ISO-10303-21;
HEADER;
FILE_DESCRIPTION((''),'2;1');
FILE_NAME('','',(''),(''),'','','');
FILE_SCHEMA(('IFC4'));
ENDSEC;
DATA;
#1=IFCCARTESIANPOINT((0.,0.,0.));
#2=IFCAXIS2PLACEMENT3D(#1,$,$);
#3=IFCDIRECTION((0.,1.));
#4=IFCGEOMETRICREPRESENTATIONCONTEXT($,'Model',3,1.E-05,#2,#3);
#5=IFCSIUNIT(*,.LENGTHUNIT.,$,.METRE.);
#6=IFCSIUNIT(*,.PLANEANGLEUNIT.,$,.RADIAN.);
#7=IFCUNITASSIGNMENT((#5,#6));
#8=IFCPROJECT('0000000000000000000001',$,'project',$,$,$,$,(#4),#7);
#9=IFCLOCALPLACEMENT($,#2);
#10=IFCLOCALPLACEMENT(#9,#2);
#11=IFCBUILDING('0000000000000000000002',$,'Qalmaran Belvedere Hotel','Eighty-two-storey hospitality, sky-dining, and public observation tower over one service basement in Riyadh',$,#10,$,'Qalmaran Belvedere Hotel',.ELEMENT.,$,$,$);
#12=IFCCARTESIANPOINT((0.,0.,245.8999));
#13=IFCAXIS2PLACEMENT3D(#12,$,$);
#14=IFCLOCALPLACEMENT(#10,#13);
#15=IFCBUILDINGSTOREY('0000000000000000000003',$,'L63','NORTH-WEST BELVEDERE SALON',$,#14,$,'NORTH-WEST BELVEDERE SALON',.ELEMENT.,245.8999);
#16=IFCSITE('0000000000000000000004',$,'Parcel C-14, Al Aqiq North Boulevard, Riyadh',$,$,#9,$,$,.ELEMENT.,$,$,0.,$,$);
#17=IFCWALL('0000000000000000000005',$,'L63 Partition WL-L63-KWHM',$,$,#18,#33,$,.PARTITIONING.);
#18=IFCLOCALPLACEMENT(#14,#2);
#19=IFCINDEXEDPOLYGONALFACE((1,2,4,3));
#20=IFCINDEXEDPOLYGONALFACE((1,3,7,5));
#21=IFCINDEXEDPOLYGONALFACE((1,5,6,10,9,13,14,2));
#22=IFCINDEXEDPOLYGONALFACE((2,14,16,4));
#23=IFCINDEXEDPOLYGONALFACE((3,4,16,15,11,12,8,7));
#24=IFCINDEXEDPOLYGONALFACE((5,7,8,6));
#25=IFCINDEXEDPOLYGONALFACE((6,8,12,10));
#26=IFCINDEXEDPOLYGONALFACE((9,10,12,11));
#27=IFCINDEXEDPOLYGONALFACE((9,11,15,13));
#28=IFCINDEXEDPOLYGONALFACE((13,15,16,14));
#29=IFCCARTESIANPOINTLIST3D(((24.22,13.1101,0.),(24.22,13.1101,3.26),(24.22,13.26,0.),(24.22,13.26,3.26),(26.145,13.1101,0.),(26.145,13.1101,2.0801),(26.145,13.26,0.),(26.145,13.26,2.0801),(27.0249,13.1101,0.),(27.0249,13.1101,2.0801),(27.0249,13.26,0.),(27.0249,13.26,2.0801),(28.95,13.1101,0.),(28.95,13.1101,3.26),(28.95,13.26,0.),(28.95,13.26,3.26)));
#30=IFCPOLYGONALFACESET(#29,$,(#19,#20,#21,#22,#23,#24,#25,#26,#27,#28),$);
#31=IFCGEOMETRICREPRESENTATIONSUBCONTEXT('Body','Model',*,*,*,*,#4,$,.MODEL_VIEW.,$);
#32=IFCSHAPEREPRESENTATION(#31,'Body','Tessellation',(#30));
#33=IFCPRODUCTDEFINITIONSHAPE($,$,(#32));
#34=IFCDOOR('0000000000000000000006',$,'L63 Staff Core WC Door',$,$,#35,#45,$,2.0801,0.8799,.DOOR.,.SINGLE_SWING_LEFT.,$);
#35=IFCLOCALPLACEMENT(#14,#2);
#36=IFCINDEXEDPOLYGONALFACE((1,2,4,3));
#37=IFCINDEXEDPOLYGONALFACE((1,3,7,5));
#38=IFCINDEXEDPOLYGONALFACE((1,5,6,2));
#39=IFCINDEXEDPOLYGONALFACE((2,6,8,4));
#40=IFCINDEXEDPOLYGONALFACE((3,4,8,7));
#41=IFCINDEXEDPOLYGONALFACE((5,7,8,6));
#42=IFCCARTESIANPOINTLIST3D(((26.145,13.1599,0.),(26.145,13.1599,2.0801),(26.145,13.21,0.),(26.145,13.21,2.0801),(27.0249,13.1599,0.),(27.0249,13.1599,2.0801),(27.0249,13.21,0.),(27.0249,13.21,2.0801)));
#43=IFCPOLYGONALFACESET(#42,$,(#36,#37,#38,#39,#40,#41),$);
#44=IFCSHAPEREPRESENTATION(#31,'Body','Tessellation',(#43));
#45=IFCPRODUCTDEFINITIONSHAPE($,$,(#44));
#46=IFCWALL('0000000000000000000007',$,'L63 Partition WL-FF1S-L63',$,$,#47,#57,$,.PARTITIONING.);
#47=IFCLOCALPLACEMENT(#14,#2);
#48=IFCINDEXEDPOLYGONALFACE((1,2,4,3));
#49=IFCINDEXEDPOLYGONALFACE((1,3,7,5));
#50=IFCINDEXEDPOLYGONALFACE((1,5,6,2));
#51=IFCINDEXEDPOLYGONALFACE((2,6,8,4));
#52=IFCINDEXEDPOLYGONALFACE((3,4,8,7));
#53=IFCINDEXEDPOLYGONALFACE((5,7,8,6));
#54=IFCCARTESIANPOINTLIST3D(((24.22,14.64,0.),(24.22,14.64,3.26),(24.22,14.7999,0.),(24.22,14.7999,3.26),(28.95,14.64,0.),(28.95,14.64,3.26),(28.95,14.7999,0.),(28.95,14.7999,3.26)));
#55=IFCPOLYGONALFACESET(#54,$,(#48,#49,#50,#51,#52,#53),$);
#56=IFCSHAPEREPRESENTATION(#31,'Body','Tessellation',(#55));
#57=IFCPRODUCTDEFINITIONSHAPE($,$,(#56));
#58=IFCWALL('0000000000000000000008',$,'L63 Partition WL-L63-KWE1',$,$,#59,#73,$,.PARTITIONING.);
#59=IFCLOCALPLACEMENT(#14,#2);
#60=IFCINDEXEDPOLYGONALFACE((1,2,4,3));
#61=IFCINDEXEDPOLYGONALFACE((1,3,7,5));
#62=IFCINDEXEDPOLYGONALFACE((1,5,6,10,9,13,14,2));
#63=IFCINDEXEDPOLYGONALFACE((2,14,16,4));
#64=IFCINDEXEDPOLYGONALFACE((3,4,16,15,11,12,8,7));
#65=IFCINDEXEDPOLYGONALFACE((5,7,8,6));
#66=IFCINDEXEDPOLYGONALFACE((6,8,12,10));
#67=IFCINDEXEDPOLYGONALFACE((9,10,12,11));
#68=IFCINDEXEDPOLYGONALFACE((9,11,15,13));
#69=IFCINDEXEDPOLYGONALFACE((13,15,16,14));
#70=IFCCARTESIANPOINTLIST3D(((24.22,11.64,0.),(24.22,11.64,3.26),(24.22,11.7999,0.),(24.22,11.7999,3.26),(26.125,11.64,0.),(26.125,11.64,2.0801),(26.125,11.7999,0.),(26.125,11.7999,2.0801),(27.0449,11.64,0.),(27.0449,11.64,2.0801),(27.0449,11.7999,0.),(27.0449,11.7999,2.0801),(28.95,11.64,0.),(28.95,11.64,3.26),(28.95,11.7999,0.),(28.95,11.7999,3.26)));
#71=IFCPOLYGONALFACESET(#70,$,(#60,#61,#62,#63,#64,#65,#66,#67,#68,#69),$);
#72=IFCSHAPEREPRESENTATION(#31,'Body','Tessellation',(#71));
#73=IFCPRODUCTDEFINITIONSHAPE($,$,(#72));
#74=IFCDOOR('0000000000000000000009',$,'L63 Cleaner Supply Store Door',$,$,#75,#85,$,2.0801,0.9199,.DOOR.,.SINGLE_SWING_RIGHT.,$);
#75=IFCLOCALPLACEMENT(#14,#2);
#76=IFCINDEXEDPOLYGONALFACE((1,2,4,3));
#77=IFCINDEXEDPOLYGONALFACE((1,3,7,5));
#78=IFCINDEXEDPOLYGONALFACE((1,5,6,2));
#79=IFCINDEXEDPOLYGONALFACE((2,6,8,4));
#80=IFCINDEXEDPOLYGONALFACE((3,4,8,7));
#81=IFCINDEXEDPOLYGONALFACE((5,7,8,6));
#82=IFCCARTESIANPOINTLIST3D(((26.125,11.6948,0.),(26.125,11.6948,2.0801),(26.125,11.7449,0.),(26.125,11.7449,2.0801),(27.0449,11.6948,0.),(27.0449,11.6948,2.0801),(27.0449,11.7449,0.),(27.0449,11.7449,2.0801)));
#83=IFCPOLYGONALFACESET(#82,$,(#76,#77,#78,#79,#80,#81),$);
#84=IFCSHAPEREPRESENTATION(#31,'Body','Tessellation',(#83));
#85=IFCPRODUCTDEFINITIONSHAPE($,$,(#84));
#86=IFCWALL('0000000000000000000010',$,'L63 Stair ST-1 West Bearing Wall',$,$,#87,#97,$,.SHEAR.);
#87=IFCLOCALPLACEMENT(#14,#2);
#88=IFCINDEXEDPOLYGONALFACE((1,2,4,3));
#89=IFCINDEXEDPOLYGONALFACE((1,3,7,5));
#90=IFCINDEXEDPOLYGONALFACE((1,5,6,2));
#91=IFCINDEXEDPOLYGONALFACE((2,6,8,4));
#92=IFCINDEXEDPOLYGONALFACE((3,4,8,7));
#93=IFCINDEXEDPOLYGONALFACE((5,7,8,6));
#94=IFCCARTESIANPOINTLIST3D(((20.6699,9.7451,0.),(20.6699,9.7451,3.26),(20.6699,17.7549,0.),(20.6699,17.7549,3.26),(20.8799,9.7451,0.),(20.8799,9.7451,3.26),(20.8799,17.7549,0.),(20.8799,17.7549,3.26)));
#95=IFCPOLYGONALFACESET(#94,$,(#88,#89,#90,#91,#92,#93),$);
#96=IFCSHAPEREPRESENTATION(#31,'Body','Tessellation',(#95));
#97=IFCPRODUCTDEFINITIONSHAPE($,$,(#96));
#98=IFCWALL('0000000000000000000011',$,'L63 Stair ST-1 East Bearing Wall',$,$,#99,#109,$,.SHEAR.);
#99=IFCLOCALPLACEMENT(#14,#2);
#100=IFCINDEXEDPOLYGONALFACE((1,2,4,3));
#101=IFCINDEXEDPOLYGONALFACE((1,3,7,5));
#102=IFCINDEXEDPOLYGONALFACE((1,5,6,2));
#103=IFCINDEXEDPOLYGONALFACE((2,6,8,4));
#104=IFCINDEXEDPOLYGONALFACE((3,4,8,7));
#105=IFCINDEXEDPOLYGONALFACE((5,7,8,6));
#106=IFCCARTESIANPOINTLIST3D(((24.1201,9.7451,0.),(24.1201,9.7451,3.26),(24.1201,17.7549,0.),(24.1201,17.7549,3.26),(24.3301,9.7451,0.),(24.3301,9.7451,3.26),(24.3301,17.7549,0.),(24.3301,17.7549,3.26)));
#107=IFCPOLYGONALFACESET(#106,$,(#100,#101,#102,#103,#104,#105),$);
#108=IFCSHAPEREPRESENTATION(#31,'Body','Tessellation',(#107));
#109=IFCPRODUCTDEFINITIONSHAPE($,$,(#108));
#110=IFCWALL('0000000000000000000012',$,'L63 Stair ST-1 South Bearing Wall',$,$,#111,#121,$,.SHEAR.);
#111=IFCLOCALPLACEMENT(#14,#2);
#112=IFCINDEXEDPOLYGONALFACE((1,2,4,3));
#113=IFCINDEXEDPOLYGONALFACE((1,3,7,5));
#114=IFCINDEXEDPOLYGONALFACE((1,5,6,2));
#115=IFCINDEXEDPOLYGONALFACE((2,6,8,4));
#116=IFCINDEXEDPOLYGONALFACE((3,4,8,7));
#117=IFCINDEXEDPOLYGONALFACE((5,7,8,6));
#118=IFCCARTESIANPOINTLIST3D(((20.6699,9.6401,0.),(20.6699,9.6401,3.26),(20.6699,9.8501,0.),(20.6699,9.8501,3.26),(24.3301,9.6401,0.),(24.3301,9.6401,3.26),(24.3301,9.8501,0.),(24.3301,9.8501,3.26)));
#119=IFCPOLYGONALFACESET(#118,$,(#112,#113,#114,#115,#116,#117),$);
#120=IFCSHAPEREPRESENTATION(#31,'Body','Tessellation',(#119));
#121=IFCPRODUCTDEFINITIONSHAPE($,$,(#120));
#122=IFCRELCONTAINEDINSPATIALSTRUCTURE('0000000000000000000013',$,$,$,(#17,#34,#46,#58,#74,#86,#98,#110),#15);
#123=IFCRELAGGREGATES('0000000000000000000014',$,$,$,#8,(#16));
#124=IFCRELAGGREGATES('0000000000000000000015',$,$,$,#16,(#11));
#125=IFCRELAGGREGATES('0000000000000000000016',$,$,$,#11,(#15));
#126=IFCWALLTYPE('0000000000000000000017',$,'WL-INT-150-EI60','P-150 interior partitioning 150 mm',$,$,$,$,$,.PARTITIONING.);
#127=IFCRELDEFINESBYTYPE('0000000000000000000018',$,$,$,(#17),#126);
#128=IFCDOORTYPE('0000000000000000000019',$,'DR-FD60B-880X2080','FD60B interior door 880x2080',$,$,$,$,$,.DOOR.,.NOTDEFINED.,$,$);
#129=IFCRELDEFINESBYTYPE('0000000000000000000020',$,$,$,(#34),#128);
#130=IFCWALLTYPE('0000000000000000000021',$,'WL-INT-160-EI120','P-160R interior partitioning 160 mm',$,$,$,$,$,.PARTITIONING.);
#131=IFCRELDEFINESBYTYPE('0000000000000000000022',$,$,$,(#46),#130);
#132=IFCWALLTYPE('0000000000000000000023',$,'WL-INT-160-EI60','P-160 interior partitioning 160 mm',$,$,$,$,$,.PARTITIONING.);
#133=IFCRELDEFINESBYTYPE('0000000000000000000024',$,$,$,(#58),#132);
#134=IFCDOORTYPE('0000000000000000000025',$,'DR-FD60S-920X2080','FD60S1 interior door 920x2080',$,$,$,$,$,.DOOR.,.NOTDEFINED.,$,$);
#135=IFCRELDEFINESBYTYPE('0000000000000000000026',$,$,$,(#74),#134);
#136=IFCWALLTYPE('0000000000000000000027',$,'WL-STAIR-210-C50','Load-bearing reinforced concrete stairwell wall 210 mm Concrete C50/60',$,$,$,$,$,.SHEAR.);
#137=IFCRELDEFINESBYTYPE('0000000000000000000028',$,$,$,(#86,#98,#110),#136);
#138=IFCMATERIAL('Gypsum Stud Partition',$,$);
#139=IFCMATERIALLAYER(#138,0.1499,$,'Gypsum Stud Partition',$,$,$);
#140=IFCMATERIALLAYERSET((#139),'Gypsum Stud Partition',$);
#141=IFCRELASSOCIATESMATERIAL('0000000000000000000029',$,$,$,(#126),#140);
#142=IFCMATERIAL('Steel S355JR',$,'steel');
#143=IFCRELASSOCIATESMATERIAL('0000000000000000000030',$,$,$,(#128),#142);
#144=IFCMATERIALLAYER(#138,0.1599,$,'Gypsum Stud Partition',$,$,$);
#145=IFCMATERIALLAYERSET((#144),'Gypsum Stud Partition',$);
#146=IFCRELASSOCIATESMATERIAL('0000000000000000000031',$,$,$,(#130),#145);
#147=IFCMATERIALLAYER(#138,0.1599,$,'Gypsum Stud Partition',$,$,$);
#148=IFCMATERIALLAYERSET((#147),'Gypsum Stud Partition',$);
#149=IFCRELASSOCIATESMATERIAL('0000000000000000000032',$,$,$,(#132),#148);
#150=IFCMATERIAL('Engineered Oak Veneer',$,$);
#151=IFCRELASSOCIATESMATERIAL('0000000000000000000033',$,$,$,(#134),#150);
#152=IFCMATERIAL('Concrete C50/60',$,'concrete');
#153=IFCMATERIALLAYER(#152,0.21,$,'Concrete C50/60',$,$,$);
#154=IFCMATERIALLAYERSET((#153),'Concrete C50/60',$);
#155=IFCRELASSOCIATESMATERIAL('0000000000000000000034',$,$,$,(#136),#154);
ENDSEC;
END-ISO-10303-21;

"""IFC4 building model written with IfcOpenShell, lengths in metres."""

from ifc_helpers import new_model, si_unit, direction, frame, frame_2d, origin, place, context, subcontext, project, spatial, rectangle, extrude, material, layer, layer_set, type_object, element, fill, save


model = new_model("IFC4")

# Units and contexts
model_context = context("Model", 3, precision=1e-05, world=origin(), true_north=direction((0.0, 1.0)))
body_context = subcontext(model_context, "Body", "Model", "MODEL_VIEW")
ifc_project = project(units=[si_unit("LENGTHUNIT", "METRE"), si_unit("PLANEANGLEUNIT", "RADIAN")], contexts=[model_context])

# Site, building, storey
site_placement = place(None, origin())
site = spatial("IfcSite", under=ifc_project, at=site_placement, Name="Parcel C-14, Al Aqiq North Boulevard, Riyadh", CompositionType="ELEMENT", RefElevation=0.0)
building_placement = place(site_placement, origin())
building = spatial("IfcBuilding", under=site, at=building_placement, Name="Qalmaran Belvedere Hotel", Description="Eighty-two-storey hospitality, sky-dining, and public observation tower over one service basement in Riyadh", LongName="Qalmaran Belvedere Hotel", CompositionType="ELEMENT")
storey_placement = place(building_placement, frame((0.0, 0.0, 245.8999)))
storey = spatial("IfcBuildingStorey", under=building, at=storey_placement, Name="L63", Description="NORTH-WEST BELVEDERE SALON", LongName="NORTH-WEST BELVEDERE SALON", CompositionType="ELEMENT", Elevation=245.8999)

# Wall, opening, door
ifc_material_1 = material(Name="Gypsum Stud Partition")
ifc_layer_1 = layer(ifc_material_1, 0.1499, Name="Gypsum Stud Partition")
ifc_layer_set_1 = layer_set([ifc_layer_1], Name="Gypsum Stud Partition")
wall_type_1 = type_object("IfcWallType", Name="WL-INT-150-EI60", Description="P-150 interior partitioning 150 mm", PredefinedType="PARTITIONING", material=ifc_layer_set_1)
wall_1_placement = place(storey_placement, frame((24.22, 13.1851, 0.0), z_axis=(0.0, 0.0, 1.0), x_axis=(1.0, 0.0, 0.0)))
wall_1 = element("IfcWall", 1, at=wall_1_placement, inside=storey, type_object=wall_type_1, Name="L63 Partition WL-L63-KWHM", PredefinedType="PARTITIONING", context=body_context, shape_type="SweptSolid", body=[
    extrude(rectangle(XDim=4.73, YDim=0.1499, at=frame_2d((2.365, 0.0))), origin(), (0.0, 0.0, 1.0), 3.26),
])
opening_1_placement = place(wall_1_placement, frame((1.925, 0.0, 0.0)))
opening_1 = element("IfcOpeningElement", 2, at=opening_1_placement, cuts=wall_1, PredefinedType="OPENING", context=body_context, shape_type="SweptSolid", body=[
    extrude(rectangle(XDim=0.8799, YDim=2.0801, at=frame_2d((0.4399, 1.04))), frame((0.0, 0.085, 0.0), z_axis=(0.0, -1.0, 0.0), x_axis=(1.0, 0.0, 0.0)), (0.0, 0.0, 1.0), 0.1699),
])
ifc_material_2 = material(Name="Steel S355JR", Category="steel")
door_type_1 = type_object("IfcDoorType", Name="DR-FD60B-880X2080", Description="FD60B interior door 880x2080", OperationType="NOTDEFINED", PredefinedType="DOOR", material=ifc_material_2)
door_1_placement = place(opening_1_placement, origin())
door_1 = element("IfcDoor", 3, at=door_1_placement, inside=storey, type_object=door_type_1, Name="L63 Staff Core WC Door", OperationType="SINGLE_SWING_LEFT", OverallHeight=2.0801, OverallWidth=0.8799, PredefinedType="DOOR", context=body_context, shape_type="SweptSolid", body=[
    extrude(rectangle(XDim=0.8799, YDim=2.0801, at=frame_2d((0.4399, 1.04))), frame((0.0, 0.0249, 0.0), z_axis=(0.0, -1.0, 0.0), x_axis=(1.0, 0.0, 0.0)), (0.0, 0.0, 1.0), 0.05),
])
fill(opening_1, door_1)

# Wall
ifc_layer_2 = layer(ifc_material_1, 0.1599, Name="Gypsum Stud Partition")
ifc_layer_set_2 = layer_set([ifc_layer_2], Name="Gypsum Stud Partition")
wall_type_2 = type_object("IfcWallType", Name="WL-INT-160-EI120", Description="P-160R interior partitioning 160 mm", PredefinedType="PARTITIONING", material=ifc_layer_set_2)
wall_2_placement = place(storey_placement, frame((24.22, 14.72, 0.0), z_axis=(0.0, 0.0, 1.0), x_axis=(1.0, 0.0, 0.0)))
element("IfcWall", 4, at=wall_2_placement, inside=storey, type_object=wall_type_2, Name="L63 Partition WL-FF1S-L63", PredefinedType="PARTITIONING", context=body_context, shape_type="SweptSolid", body=[
    extrude(rectangle(XDim=4.73, YDim=0.1599, at=frame_2d((2.365, 0.0))), origin(), (0.0, 0.0, 1.0), 3.26),
])

# Wall, opening, door
ifc_layer_3 = layer(ifc_material_1, 0.1599, Name="Gypsum Stud Partition")
ifc_layer_set_3 = layer_set([ifc_layer_3], Name="Gypsum Stud Partition")
wall_type_3 = type_object("IfcWallType", Name="WL-INT-160-EI60", Description="P-160 interior partitioning 160 mm", PredefinedType="PARTITIONING", material=ifc_layer_set_3)
wall_3_placement = place(storey_placement, frame((24.22, 11.72, 0.0), z_axis=(0.0, 0.0, 1.0), x_axis=(1.0, 0.0, 0.0)))
wall_3 = element("IfcWall", 5, at=wall_3_placement, inside=storey, type_object=wall_type_3, Name="L63 Partition WL-L63-KWE1", PredefinedType="PARTITIONING", context=body_context, shape_type="SweptSolid", body=[
    extrude(rectangle(XDim=4.73, YDim=0.1599, at=frame_2d((2.365, 0.0))), origin(), (0.0, 0.0, 1.0), 3.26),
])
opening_2_placement = place(wall_3_placement, frame((1.905, 0.0, 0.0)))
opening_2 = element("IfcOpeningElement", 6, at=opening_2_placement, cuts=wall_3, PredefinedType="OPENING", context=body_context, shape_type="SweptSolid", body=[
    extrude(rectangle(XDim=0.9199, YDim=2.0801, at=frame_2d((0.46, 1.04))), frame((0.0, 0.0898, 0.0), z_axis=(0.0, -1.0, 0.0), x_axis=(1.0, 0.0, 0.0)), (0.0, 0.0, 1.0), 0.1799),
])
ifc_material_3 = material(Name="Engineered Oak Veneer")
door_type_2 = type_object("IfcDoorType", Name="DR-FD60S-920X2080", Description="FD60S1 interior door 920x2080", OperationType="NOTDEFINED", PredefinedType="DOOR", material=ifc_material_3)
door_2_placement = place(opening_2_placement, origin())
door_2 = element("IfcDoor", 7, at=door_2_placement, inside=storey, type_object=door_type_2, Name="L63 Cleaner Supply Store Door", OperationType="SINGLE_SWING_RIGHT", OverallHeight=2.0801, OverallWidth=0.9199, PredefinedType="DOOR", context=body_context, shape_type="SweptSolid", body=[
    extrude(rectangle(XDim=0.9199, YDim=2.0801, at=frame_2d((0.46, 1.04))), frame((0.0, 0.0249, 0.0), z_axis=(0.0, -1.0, 0.0), x_axis=(1.0, 0.0, 0.0)), (0.0, 0.0, 1.0), 0.05),
])
fill(opening_2, door_2)

# Walls
ifc_material_4 = material(Name="Concrete C50/60", Category="concrete")
ifc_layer_4 = layer(ifc_material_4, 0.21, Name="Concrete C50/60")
ifc_layer_set_4 = layer_set([ifc_layer_4], Name="Concrete C50/60")
wall_type_4 = type_object("IfcWallType", Name="WL-STAIR-210-C50", Description="Load-bearing reinforced concrete stairwell wall 210 mm Concrete C50/60", PredefinedType="SHEAR", material=ifc_layer_set_4)
for number, where, z_axis, x_axis, name in (
    (8, (20.7749, 9.7451, 0.0), (0.0, 0.0, 1.0), (0.0, 1.0, 0.0), "L63 Stair ST-1 West Bearing Wall"),
    (9, (24.2251, 9.7451, 0.0), (0.0, 0.0, 1.0), (0.0, 1.0, 0.0), "L63 Stair ST-1 East Bearing Wall"),
):
    element("IfcWall", number, at=place(storey_placement, frame(where, z_axis=z_axis, x_axis=x_axis)), inside=storey, type_object=wall_type_4, Name=name, PredefinedType="SHEAR", context=body_context, shape_type="SweptSolid", body=[
        extrude(rectangle(XDim=8.0098, YDim=0.21, at=frame_2d((4.0049, 0.0))), origin(), (0.0, 0.0, 1.0), 3.26),
    ])
wall_4_placement = place(storey_placement, frame((20.6699, 9.7451, 0.0), z_axis=(0.0, 0.0, 1.0), x_axis=(1.0, 0.0, 0.0)))
element("IfcWall", 10, at=wall_4_placement, inside=storey, type_object=wall_type_4, Name="L63 Stair ST-1 South Bearing Wall", PredefinedType="SHEAR", context=body_context, shape_type="SweptSolid", body=[
    extrude(rectangle(XDim=3.6602, YDim=0.21, at=frame_2d((1.8301, 0.0))), origin(), (0.0, 0.0, 1.0), 3.26),
])

save(model, "model.ifc")
